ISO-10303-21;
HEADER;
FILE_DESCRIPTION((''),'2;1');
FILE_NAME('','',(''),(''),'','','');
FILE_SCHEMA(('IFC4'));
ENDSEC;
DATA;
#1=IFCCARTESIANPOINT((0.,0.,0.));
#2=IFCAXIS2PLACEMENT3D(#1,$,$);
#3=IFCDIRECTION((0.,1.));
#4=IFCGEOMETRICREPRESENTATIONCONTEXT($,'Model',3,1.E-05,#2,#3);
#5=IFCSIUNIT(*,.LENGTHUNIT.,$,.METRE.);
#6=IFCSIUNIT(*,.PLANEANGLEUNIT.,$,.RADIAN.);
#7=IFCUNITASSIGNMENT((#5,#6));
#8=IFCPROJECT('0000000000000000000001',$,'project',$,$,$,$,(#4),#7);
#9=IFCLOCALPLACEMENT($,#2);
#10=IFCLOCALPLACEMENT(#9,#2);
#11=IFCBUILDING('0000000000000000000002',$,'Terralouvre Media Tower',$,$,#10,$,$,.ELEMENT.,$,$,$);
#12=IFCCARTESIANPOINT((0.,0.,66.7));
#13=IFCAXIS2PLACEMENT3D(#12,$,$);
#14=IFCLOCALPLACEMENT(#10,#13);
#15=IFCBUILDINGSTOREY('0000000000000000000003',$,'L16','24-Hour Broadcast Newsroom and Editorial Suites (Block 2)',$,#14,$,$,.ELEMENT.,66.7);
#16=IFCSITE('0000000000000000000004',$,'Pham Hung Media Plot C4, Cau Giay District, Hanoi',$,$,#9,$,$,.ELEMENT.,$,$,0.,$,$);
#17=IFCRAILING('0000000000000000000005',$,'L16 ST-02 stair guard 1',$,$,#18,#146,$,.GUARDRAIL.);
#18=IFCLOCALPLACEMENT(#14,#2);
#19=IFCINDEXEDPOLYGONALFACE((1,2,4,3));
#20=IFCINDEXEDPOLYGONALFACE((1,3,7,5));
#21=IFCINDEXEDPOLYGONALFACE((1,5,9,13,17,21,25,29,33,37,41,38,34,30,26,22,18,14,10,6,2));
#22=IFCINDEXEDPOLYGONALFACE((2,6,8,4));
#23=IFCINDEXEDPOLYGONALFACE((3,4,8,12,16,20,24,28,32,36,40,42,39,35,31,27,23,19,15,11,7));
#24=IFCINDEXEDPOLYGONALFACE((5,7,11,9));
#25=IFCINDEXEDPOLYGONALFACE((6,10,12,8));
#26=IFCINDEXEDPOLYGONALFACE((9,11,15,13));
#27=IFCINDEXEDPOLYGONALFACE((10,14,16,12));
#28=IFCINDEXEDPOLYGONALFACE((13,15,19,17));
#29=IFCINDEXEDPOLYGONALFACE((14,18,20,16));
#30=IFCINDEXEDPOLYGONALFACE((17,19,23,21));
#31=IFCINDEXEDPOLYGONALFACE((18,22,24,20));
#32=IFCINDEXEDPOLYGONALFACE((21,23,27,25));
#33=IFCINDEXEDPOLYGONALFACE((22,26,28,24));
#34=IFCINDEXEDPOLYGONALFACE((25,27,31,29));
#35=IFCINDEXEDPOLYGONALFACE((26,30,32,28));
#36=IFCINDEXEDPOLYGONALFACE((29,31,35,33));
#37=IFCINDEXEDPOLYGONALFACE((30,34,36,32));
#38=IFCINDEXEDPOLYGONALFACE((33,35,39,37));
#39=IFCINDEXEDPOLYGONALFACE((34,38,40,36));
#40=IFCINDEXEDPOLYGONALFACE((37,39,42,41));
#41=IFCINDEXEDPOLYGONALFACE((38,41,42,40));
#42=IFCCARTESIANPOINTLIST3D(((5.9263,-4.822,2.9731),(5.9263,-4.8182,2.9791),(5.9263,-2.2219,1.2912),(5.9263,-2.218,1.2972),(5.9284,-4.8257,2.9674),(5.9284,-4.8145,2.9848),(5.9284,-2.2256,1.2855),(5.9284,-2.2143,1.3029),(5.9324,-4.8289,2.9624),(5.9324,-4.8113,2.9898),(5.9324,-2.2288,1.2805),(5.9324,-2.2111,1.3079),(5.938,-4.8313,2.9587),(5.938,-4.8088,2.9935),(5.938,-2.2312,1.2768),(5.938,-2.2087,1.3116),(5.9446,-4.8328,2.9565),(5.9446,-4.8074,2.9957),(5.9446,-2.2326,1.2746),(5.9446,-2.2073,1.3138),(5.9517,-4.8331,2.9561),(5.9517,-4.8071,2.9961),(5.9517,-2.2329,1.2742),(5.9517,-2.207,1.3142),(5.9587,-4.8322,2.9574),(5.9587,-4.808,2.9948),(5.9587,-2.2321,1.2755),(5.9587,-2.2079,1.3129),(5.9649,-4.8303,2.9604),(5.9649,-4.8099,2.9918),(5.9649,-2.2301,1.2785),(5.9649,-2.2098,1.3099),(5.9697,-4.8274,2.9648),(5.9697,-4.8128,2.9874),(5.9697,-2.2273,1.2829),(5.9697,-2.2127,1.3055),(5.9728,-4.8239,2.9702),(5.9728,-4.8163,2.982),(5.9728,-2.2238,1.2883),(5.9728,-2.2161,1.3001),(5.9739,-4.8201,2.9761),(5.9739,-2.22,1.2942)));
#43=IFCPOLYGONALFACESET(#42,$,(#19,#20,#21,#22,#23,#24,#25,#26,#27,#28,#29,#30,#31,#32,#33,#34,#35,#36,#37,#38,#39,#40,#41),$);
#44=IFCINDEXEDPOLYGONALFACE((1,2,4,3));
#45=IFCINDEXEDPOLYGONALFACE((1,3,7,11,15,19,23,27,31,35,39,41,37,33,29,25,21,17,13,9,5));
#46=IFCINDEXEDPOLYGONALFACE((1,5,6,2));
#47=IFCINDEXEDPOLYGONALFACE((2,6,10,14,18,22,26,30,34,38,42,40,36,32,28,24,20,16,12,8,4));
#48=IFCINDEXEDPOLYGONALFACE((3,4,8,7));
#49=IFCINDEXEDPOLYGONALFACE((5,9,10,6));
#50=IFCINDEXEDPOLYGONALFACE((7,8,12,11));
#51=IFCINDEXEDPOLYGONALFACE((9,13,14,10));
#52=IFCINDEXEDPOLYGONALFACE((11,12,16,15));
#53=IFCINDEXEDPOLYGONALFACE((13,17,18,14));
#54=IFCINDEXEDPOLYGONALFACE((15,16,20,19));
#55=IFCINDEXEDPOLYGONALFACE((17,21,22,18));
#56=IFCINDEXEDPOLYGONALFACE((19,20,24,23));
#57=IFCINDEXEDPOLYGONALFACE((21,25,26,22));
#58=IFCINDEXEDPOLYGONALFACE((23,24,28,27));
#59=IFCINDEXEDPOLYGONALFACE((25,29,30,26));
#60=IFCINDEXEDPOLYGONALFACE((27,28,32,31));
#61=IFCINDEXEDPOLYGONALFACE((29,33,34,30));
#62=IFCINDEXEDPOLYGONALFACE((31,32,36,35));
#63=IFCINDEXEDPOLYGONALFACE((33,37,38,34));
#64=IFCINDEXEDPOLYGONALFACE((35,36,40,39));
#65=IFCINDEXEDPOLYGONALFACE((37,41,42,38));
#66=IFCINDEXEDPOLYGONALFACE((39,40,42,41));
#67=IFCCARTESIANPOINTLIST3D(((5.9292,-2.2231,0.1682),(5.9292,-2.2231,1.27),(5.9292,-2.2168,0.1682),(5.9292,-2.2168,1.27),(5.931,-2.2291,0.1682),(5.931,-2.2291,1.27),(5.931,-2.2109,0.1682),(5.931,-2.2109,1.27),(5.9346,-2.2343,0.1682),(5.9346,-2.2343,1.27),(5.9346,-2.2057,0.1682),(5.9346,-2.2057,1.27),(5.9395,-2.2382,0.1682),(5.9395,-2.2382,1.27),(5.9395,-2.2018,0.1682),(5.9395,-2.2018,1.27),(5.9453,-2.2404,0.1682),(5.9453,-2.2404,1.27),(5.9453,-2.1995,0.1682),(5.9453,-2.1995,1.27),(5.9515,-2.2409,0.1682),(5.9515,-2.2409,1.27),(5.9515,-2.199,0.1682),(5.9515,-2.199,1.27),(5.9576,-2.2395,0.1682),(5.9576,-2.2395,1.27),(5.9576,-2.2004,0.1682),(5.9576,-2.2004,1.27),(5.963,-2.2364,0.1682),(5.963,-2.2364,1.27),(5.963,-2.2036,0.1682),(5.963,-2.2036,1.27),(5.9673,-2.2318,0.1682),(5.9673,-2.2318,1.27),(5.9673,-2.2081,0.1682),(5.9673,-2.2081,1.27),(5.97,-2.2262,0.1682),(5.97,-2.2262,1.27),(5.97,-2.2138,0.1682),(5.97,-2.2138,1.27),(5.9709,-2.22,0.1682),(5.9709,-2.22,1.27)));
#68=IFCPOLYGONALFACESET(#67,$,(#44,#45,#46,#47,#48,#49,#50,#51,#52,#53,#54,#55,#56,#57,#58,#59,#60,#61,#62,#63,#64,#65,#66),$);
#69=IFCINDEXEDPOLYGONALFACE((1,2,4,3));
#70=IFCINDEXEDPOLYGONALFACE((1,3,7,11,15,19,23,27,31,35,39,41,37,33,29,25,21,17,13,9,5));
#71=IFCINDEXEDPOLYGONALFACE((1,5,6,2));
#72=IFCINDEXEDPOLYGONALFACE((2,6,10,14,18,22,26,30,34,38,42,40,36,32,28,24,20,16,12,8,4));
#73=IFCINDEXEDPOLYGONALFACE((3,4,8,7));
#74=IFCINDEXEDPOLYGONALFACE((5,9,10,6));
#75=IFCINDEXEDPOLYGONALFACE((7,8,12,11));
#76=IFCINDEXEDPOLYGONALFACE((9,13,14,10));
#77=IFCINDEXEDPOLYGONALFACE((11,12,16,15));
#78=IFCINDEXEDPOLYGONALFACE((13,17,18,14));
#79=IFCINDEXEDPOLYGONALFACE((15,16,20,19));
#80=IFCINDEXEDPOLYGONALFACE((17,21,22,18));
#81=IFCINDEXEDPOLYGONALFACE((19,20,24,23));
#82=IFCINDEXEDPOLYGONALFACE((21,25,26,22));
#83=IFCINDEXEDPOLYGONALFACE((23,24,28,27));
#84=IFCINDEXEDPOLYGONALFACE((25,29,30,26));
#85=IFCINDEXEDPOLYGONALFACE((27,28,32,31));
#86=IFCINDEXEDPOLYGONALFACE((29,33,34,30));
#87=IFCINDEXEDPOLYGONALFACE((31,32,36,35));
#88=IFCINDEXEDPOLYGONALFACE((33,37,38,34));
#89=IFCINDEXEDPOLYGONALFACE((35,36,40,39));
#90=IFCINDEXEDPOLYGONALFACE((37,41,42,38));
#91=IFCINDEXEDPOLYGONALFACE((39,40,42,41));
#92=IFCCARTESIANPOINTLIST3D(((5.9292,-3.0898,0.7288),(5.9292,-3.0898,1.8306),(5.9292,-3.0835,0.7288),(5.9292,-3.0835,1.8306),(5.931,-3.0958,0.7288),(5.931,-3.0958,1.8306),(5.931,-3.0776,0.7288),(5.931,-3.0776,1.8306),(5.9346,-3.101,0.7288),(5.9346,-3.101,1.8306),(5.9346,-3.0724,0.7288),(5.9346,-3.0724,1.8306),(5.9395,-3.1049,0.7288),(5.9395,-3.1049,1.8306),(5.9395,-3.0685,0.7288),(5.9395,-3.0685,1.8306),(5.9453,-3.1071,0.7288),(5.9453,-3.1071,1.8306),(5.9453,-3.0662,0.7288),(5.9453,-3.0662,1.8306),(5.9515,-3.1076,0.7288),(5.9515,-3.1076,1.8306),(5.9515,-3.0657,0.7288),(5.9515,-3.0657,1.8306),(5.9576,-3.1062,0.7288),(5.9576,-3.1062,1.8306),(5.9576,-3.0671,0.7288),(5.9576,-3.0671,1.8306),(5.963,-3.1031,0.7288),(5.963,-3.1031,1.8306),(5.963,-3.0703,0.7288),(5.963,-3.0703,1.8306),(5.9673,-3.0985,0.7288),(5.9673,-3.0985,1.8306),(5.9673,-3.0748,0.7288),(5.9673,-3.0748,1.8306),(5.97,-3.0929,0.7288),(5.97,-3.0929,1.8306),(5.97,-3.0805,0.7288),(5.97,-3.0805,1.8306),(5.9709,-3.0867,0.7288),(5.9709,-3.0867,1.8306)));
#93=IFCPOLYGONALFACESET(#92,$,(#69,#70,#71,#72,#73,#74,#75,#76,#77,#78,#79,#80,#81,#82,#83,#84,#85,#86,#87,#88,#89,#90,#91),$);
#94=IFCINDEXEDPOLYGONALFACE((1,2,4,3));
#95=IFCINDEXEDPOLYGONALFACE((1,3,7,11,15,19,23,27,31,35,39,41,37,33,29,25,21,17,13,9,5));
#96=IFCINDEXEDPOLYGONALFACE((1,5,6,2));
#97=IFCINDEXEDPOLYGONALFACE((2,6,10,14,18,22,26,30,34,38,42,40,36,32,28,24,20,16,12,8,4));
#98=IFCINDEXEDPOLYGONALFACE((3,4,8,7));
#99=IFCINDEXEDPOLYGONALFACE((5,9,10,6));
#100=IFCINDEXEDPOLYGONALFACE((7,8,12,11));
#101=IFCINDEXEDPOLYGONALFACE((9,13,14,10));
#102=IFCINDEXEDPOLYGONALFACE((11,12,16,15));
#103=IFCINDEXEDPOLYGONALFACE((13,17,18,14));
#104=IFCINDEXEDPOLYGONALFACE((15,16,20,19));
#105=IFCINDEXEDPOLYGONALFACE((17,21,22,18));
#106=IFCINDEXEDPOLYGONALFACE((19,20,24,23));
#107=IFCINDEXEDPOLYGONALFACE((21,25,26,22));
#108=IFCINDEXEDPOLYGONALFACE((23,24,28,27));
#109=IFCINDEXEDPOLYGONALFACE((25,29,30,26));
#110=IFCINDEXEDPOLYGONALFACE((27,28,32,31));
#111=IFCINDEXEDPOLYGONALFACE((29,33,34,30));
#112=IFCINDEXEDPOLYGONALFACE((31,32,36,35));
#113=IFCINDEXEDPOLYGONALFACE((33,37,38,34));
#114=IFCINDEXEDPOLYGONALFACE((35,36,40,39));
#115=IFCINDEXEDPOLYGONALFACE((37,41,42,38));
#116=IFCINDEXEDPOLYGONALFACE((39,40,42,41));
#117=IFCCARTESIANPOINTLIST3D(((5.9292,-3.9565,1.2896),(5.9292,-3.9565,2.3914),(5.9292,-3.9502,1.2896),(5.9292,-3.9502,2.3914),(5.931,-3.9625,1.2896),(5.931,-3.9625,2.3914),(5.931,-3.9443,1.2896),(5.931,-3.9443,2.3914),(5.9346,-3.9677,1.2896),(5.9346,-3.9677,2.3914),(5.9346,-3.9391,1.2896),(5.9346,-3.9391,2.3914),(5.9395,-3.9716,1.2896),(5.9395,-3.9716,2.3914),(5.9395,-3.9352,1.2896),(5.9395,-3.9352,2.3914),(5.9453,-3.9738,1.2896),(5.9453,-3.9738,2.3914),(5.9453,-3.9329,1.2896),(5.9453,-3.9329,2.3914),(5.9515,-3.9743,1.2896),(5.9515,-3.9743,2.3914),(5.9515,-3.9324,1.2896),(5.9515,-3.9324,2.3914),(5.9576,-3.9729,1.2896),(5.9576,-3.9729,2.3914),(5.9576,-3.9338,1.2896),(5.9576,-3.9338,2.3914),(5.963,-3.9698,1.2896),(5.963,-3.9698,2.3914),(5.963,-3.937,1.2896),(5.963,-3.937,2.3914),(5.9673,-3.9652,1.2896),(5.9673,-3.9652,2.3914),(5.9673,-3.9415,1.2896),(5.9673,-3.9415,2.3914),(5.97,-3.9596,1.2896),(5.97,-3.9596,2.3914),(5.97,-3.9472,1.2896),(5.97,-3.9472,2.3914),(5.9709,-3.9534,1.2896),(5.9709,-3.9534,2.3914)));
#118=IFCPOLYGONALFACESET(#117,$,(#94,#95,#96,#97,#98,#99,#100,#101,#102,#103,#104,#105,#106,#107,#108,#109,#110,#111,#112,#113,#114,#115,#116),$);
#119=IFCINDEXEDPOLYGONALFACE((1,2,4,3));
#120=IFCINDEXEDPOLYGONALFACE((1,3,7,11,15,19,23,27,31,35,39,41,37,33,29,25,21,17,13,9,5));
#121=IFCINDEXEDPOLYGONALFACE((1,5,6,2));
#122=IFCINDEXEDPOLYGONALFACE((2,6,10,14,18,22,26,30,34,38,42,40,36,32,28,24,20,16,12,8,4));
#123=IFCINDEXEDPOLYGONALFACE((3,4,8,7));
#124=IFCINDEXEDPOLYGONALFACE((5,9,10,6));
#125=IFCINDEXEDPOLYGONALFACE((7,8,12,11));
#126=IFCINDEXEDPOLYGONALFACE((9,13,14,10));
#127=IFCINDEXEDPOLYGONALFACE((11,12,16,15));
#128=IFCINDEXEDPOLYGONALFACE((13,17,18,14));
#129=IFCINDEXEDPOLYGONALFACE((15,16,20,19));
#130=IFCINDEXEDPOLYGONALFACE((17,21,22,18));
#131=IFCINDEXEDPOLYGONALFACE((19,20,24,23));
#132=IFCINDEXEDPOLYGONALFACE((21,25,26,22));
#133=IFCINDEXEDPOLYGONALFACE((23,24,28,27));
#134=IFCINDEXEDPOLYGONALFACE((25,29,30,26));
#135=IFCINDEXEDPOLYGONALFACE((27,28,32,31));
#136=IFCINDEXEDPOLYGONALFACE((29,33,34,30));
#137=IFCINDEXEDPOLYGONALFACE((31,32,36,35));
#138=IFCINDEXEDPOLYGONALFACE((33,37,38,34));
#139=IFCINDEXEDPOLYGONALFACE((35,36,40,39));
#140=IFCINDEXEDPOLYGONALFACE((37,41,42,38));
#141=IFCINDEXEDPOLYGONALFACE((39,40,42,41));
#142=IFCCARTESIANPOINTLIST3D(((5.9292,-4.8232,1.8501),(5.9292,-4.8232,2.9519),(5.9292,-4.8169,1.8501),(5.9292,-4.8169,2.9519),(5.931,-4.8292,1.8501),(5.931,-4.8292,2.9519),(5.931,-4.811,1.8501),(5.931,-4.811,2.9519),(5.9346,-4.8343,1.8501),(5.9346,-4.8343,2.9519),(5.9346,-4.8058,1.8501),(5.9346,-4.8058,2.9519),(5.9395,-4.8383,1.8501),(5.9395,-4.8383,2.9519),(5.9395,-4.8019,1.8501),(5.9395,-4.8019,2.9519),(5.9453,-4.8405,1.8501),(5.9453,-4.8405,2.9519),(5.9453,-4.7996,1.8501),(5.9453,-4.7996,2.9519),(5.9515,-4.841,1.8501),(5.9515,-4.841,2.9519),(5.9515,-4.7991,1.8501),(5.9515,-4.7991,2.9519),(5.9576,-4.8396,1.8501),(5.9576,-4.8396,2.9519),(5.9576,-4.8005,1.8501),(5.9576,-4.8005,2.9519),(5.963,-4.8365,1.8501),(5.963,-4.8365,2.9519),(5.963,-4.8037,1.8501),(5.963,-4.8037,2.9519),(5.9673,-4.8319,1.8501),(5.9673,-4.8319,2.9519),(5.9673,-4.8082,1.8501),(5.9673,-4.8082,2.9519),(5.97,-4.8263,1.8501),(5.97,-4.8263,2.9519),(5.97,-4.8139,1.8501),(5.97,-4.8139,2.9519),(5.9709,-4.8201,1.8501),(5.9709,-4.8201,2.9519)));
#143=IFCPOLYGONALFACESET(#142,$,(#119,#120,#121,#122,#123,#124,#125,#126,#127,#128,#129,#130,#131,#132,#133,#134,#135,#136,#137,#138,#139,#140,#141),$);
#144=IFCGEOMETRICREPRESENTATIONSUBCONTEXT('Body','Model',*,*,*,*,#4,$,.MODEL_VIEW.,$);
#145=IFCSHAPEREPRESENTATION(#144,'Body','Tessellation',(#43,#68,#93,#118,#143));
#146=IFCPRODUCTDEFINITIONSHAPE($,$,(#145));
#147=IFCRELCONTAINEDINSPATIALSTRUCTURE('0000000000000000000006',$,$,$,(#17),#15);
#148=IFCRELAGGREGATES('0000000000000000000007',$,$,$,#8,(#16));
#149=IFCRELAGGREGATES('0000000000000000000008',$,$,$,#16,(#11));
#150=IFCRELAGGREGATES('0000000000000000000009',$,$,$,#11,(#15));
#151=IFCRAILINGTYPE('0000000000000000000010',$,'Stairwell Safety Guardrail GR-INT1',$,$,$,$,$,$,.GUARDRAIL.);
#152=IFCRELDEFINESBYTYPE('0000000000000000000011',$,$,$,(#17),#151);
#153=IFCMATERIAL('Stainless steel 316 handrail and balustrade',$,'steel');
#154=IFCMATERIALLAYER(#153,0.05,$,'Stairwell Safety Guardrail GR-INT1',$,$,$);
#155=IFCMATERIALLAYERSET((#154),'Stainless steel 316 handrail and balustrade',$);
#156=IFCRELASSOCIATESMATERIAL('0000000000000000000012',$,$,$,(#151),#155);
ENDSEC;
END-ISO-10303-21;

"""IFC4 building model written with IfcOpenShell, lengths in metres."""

from ifc_helpers import new_model, si_unit, direction, frame, origin, origin_2d, place, context, subcontext, project, spatial, circle, extrude, material, layer, layer_set, type_object, element, save


model = new_model("IFC4")

# Units and contexts
model_context = context("Model", 3, precision=1e-05, world=origin(), true_north=direction((0.0, 1.0)))
body_context = subcontext(model_context, "Body", "Model", "MODEL_VIEW")
ifc_project = project(units=[si_unit("LENGTHUNIT", "METRE"), si_unit("PLANEANGLEUNIT", "RADIAN")], contexts=[model_context])

# Site, building, storey
site_placement = place(None, origin())
site = spatial("IfcSite", under=ifc_project, at=site_placement, Name="Pham Hung Media Plot C4, Cau Giay District, Hanoi", CompositionType="ELEMENT", RefElevation=0.0)
building_placement = place(site_placement, origin())
building = spatial("IfcBuilding", under=site, at=building_placement, Name="Terralouvre Media Tower", CompositionType="ELEMENT")
storey_placement = place(building_placement, frame((0.0, 0.0, 66.7)))
storey = spatial("IfcBuildingStorey", under=building, at=storey_placement, Name="L16", Description="24-Hour Broadcast Newsroom and Editorial Suites (Block 2)", CompositionType="ELEMENT", Elevation=66.7)

# Railing
ifc_material_1 = material(Name="Stainless steel 316 handrail and balustrade", Category="steel")
ifc_layer_1 = layer(ifc_material_1, 0.05, Name="Stairwell Safety Guardrail GR-INT1")
ifc_layer_set_1 = layer_set([ifc_layer_1], Name="Stainless steel 316 handrail and balustrade")
railing_type_1 = type_object("IfcRailingType", Name="Stairwell Safety Guardrail GR-INT1", PredefinedType="GUARDRAIL", material=ifc_layer_set_1)
railing_1_placement = place(storey_placement, frame((5.95, -2.22, 0.1682)))
element("IfcRailing", 1, at=railing_1_placement, inside=storey, type_object=railing_type_1, Name="L16 ST-02 stair guard 1", PredefinedType="GUARDRAIL", context=body_context, shape_type="SweptSolid", body=[
    extrude(circle(Radius=0.0239, at=origin_2d()), frame((0.0, 0.0, 1.126), z_axis=(0.0, -0.839648, 0.54313), x_axis=(1.0, 0.0, 0.0)), (0.0, 0.0, 1.0), 3.0967),
    extrude(circle(Radius=0.021, at=origin_2d()), origin(), (0.0, 0.0, 1.0), 1.1018),
    extrude(circle(Radius=0.021, at=origin_2d()), frame((0.0, -0.8667, 0.5605)), (0.0, 0.0, 1.0), 1.1018),
    extrude(circle(Radius=0.021, at=origin_2d()), frame((0.0, -1.7334, 1.1213)), (0.0, 0.0, 1.0), 1.1018),
    extrude(circle(Radius=0.021, at=origin_2d()), frame((0.0, -2.6001, 1.6819)), (0.0, 0.0, 1.0), 1.1018),
])

save(model, "model.ifc")
